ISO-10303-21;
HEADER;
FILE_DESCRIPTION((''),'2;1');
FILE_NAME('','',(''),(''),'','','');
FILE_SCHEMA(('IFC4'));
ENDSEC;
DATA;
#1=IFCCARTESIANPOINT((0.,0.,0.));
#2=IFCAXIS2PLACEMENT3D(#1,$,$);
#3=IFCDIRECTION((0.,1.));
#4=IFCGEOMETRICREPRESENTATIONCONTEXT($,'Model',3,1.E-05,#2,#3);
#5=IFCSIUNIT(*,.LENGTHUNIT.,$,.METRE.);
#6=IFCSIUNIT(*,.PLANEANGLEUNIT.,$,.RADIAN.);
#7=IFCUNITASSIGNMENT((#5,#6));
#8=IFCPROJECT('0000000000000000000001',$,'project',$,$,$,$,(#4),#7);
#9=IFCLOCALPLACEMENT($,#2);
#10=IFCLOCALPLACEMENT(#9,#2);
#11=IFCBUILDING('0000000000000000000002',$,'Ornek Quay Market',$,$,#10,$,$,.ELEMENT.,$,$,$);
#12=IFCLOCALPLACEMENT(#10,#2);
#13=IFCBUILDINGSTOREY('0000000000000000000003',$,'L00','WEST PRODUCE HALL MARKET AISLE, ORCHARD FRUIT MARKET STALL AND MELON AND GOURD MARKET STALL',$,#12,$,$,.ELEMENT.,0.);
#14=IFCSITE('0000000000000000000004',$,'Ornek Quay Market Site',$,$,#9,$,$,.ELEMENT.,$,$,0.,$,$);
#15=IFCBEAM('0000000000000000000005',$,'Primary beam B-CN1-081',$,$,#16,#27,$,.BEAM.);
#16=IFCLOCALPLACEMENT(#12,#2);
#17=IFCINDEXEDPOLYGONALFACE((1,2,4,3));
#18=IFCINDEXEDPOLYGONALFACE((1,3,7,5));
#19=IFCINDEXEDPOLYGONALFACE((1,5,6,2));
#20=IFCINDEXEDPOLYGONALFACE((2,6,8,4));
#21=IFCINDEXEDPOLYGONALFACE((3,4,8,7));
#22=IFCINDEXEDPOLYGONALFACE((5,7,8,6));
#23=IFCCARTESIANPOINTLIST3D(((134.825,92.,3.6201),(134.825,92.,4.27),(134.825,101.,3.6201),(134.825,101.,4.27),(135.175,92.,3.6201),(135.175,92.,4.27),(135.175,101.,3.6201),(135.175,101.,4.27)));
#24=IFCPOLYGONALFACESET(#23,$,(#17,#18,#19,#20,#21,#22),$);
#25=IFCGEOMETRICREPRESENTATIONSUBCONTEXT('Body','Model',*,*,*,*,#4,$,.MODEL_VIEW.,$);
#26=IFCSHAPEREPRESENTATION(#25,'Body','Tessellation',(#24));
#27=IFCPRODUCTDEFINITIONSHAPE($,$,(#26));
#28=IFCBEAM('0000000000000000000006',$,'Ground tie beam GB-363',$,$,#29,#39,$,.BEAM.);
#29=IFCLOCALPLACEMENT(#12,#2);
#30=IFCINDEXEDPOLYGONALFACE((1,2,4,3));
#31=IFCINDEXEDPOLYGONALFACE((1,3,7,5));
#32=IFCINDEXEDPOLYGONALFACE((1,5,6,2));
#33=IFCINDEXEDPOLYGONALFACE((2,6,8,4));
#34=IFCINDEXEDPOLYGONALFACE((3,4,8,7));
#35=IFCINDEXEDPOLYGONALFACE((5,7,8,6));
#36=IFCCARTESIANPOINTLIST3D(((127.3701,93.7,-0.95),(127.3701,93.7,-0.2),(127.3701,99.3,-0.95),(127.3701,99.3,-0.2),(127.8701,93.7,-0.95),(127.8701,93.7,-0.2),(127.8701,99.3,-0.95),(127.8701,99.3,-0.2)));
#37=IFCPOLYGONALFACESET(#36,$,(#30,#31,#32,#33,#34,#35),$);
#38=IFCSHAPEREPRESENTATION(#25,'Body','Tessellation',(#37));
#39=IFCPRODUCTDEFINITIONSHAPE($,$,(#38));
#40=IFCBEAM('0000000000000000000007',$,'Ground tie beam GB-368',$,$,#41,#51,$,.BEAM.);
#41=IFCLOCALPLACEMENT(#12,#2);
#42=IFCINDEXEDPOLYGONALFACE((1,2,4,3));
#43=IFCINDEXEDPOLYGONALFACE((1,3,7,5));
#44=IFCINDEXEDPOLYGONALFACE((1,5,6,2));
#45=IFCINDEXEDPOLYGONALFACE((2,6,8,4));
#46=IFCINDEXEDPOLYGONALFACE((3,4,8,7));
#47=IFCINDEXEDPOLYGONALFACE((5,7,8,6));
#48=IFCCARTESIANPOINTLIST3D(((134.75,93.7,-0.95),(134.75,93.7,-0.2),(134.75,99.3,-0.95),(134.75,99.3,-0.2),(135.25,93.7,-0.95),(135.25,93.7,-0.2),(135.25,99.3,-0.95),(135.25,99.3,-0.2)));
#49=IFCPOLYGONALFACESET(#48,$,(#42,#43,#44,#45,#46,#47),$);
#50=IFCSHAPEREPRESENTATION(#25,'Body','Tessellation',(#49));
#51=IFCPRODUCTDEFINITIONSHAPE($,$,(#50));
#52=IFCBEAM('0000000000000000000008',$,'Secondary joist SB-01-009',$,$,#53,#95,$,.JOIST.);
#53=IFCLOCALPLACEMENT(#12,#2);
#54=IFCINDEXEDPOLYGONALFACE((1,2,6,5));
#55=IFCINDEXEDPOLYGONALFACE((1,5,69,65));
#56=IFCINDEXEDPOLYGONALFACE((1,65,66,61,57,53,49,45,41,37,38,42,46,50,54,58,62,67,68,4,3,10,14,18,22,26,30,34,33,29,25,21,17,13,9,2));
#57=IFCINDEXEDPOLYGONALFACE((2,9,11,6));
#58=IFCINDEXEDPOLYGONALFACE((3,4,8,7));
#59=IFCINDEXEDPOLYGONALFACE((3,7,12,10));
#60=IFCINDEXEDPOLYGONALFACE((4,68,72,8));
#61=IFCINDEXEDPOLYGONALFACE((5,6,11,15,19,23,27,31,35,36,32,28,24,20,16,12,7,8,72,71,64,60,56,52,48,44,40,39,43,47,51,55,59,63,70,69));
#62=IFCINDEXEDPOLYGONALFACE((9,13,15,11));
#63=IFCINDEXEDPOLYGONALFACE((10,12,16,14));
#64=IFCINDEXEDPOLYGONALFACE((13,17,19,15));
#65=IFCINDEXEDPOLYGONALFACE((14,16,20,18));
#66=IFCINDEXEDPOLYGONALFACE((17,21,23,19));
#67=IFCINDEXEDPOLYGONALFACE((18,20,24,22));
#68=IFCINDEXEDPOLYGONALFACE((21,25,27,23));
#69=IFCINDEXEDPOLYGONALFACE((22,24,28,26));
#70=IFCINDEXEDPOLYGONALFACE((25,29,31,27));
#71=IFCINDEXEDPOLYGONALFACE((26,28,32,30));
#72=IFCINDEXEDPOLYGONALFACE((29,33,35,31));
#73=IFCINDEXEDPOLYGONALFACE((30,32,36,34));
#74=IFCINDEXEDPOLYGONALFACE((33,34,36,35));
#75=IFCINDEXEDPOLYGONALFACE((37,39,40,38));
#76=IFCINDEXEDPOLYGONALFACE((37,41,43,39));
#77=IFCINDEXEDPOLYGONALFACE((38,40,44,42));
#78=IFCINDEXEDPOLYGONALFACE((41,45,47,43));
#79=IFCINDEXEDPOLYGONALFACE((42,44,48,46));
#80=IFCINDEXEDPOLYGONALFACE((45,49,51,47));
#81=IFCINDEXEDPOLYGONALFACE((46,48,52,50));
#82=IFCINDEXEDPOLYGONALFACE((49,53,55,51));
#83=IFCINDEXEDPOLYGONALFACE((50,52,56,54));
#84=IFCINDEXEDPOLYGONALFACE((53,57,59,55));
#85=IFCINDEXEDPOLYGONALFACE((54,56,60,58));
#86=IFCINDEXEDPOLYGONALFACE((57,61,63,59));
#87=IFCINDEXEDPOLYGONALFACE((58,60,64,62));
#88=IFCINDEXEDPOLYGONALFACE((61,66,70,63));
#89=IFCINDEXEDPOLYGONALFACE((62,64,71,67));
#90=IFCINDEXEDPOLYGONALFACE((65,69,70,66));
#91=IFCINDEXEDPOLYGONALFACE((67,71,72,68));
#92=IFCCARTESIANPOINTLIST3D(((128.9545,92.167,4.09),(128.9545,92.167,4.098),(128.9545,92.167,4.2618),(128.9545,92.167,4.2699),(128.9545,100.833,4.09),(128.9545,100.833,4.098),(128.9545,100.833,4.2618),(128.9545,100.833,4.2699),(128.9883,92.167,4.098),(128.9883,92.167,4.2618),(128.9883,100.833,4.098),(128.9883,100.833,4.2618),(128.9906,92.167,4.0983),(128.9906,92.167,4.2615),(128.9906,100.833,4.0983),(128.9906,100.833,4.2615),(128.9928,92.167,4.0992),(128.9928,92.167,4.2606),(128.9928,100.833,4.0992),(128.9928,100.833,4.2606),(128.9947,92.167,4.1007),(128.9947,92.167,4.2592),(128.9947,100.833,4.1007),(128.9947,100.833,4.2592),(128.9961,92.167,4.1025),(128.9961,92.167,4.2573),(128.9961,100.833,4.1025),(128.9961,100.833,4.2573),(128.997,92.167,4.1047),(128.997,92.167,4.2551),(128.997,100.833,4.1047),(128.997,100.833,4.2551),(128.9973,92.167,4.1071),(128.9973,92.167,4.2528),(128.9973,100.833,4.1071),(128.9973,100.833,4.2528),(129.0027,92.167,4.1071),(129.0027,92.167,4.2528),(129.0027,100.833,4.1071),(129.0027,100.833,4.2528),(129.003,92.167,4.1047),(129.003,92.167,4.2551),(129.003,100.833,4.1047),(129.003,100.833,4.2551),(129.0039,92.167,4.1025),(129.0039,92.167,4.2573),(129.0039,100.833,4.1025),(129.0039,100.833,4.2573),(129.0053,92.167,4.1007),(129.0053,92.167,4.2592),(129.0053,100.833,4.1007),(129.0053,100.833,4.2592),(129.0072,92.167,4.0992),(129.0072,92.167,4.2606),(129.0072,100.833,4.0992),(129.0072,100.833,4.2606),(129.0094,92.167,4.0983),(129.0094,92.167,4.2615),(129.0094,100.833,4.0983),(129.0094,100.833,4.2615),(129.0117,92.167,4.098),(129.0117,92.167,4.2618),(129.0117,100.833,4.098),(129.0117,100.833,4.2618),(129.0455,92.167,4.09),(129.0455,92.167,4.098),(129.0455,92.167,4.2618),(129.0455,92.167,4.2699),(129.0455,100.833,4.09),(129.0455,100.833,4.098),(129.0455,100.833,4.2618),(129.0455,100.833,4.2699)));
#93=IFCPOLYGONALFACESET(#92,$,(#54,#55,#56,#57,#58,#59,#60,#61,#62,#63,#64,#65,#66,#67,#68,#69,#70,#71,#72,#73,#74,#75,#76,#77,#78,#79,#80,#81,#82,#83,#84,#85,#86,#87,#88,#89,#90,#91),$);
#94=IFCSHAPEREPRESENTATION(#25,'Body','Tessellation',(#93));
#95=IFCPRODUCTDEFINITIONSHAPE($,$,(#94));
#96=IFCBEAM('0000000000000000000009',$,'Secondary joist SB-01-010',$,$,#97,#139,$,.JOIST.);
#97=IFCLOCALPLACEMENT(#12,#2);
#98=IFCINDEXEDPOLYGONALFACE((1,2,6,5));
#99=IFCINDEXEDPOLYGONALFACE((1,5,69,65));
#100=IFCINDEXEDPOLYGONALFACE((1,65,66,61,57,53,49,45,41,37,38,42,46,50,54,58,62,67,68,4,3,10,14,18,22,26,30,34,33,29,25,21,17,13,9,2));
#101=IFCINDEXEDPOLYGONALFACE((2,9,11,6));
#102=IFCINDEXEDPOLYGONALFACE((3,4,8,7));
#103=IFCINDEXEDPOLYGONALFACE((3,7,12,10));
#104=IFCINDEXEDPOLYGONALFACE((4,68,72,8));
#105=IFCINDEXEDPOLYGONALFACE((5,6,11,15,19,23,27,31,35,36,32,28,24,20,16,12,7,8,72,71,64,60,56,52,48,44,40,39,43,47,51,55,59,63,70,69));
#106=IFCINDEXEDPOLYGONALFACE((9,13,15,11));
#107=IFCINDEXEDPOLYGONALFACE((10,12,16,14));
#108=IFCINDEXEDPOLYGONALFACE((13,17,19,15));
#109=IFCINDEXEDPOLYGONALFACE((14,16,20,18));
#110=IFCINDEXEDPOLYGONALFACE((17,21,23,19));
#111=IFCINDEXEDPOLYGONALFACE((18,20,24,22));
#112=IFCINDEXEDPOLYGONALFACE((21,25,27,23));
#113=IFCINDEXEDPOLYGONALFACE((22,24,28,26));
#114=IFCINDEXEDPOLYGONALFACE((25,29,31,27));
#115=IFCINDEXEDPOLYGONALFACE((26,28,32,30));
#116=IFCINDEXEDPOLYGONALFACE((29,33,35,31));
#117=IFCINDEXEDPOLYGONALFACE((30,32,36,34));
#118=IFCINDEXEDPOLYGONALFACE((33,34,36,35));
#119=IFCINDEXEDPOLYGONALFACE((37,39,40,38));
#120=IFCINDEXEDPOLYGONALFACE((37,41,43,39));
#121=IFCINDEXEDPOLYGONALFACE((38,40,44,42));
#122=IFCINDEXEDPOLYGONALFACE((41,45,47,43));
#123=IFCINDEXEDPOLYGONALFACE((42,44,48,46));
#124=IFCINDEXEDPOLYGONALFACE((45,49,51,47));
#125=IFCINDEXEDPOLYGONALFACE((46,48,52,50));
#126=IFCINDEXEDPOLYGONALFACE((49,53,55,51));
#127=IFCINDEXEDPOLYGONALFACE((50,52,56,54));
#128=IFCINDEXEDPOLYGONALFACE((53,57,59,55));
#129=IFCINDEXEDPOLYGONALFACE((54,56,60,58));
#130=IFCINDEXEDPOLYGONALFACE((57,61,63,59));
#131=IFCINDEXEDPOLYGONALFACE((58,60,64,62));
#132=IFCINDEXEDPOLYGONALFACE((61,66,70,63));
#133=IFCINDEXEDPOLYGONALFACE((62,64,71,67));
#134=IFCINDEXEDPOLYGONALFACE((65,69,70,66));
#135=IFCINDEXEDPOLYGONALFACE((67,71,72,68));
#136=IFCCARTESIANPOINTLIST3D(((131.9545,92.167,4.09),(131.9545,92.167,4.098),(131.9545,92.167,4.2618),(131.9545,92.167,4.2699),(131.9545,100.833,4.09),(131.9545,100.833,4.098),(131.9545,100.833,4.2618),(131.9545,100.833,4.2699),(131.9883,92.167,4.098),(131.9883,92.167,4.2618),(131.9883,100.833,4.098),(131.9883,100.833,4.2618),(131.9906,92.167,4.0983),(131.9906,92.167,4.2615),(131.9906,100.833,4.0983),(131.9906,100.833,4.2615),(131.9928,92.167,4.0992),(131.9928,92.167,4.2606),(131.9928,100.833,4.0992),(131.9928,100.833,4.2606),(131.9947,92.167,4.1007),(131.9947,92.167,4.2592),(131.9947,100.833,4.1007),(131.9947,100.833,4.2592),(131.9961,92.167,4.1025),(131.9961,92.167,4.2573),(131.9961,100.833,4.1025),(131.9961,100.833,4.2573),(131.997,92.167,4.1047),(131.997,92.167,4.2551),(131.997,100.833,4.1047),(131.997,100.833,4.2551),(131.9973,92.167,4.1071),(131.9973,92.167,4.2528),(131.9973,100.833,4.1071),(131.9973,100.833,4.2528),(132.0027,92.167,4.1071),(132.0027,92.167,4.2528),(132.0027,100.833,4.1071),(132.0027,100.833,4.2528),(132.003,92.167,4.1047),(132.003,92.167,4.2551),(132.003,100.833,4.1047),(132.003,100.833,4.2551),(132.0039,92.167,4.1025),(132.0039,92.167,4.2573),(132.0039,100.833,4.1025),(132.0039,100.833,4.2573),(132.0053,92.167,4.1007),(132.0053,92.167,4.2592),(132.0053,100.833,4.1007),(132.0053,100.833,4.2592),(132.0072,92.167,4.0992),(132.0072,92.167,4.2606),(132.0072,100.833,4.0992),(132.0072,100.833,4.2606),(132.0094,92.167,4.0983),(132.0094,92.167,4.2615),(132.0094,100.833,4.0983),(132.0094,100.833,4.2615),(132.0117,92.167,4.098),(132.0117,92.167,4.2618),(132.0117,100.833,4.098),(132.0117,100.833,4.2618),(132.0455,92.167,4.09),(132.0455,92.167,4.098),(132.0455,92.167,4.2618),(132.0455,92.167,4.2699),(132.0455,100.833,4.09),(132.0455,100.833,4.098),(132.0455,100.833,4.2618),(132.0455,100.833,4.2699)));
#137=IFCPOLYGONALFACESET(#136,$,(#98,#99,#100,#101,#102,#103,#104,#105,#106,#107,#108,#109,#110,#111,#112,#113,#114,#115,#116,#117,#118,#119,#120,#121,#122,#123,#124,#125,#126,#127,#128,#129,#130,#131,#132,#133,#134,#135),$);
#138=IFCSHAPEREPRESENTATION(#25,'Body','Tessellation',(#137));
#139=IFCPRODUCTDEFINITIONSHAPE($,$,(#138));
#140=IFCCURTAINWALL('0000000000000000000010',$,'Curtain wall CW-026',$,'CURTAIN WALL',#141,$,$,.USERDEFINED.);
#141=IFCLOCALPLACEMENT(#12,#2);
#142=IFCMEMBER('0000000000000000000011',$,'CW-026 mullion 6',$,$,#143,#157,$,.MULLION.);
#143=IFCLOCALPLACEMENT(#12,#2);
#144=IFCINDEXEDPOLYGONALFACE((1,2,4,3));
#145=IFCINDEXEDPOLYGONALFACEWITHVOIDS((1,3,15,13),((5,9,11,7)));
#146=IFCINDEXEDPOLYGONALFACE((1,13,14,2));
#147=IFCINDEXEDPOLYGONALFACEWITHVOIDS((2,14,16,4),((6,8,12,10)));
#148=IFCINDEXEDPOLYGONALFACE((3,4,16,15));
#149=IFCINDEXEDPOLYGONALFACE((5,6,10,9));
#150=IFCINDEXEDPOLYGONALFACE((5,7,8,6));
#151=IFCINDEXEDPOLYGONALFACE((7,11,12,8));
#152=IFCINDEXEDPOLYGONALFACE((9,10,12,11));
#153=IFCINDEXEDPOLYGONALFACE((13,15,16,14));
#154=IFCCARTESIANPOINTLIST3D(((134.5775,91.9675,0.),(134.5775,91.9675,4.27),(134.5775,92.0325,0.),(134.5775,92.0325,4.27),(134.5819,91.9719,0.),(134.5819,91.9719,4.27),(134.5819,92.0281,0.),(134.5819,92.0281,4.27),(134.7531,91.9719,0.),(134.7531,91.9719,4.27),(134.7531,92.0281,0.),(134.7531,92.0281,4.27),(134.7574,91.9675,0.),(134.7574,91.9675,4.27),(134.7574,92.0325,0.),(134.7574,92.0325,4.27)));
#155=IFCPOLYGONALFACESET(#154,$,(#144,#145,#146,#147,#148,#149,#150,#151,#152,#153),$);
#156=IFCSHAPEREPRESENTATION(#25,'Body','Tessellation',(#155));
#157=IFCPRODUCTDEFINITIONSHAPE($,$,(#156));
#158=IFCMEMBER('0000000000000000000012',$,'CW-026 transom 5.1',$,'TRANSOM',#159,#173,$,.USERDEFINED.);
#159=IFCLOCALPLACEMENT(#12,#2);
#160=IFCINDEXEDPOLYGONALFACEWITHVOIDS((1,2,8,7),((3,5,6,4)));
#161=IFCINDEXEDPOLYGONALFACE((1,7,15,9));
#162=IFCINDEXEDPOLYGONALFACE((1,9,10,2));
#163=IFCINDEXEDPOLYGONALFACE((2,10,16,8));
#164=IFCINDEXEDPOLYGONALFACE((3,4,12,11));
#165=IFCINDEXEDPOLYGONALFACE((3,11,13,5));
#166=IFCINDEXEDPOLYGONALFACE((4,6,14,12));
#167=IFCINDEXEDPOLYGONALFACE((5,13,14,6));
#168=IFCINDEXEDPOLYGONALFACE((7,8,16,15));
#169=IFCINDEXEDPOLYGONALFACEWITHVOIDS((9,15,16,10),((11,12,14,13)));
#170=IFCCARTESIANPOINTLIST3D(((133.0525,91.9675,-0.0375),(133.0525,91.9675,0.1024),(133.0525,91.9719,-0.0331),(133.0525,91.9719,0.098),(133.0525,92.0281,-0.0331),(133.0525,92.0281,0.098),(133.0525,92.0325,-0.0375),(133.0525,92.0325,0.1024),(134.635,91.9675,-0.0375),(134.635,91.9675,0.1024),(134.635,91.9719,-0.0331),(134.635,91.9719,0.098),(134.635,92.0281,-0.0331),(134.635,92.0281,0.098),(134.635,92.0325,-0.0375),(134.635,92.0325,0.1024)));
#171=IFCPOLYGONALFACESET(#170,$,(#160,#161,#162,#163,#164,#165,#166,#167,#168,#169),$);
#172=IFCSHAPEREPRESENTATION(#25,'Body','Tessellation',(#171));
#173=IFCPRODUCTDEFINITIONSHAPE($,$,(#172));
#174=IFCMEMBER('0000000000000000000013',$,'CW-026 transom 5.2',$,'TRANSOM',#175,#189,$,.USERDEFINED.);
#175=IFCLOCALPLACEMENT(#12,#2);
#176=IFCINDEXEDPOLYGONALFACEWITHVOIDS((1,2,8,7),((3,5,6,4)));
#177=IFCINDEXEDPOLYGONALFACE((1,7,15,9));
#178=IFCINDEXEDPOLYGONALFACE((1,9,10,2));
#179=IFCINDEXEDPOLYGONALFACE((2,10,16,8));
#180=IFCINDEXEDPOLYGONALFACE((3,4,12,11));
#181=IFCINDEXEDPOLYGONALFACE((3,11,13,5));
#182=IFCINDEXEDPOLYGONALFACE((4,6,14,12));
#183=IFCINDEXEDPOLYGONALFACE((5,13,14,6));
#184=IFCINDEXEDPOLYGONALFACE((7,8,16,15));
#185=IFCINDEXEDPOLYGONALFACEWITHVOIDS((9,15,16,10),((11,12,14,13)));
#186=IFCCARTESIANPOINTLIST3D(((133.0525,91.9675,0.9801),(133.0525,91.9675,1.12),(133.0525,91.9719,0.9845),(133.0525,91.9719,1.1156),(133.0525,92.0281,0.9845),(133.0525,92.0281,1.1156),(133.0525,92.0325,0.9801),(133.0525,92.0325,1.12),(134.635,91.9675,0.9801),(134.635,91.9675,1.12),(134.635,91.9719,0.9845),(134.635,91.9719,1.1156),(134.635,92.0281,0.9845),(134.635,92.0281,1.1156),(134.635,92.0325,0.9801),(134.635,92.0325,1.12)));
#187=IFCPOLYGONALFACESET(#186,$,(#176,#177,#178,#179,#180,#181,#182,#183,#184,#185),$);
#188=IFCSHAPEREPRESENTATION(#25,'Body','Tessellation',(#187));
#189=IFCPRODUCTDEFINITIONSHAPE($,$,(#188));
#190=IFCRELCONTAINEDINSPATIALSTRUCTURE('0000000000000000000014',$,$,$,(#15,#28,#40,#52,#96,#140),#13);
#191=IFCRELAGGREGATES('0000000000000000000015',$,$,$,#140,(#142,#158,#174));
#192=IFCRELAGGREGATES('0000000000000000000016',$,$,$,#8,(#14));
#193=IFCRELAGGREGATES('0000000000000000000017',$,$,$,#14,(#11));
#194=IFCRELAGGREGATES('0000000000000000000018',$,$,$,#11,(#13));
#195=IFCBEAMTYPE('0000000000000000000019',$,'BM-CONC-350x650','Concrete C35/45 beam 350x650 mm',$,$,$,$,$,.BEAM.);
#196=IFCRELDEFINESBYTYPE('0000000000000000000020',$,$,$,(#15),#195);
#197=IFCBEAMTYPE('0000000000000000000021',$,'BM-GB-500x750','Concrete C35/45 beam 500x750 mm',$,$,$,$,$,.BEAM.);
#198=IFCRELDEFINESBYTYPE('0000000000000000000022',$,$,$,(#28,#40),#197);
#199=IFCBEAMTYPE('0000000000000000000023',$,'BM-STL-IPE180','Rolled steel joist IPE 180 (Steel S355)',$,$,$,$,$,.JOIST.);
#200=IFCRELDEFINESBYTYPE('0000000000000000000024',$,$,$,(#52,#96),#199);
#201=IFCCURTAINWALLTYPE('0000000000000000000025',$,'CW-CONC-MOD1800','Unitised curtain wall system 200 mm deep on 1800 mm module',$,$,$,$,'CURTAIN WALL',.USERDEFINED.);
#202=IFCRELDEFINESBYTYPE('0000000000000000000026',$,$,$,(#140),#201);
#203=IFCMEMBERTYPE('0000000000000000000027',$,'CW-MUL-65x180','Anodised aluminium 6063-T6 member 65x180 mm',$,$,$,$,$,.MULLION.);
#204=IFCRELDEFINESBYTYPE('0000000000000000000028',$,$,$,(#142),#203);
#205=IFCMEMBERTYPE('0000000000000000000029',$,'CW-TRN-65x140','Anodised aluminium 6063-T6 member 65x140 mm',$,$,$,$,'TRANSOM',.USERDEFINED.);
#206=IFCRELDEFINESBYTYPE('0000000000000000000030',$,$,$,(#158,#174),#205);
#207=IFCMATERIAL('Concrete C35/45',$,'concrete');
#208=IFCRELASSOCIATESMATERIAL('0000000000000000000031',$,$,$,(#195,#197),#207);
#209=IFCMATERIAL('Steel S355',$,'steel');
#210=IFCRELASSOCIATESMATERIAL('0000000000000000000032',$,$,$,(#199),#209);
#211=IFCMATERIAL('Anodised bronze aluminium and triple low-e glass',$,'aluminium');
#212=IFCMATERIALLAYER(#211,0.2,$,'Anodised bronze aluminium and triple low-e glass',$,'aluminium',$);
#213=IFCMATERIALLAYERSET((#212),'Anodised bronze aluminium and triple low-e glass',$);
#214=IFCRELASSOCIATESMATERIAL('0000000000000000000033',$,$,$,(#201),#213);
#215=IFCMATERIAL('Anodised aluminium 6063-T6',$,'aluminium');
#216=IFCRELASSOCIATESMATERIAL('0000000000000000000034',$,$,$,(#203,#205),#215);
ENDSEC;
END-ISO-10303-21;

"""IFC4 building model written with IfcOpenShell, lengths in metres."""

from ifc_helpers import new_model, si_unit, direction, frame, origin, origin_2d, place, context, subcontext, project, spatial, rectangle, hollow_rectangle, i_section, extrude, material, layer, layer_set, material_profile, profile_set, type_object, element, aggregate, save


model = new_model("IFC4")

# Units and contexts
model_context = context("Model", 3, precision=1e-05, world=origin(), true_north=direction((0.0, 1.0)))
body_context = subcontext(model_context, "Body", "Model", "MODEL_VIEW")
ifc_project = project(units=[si_unit("LENGTHUNIT", "METRE"), si_unit("PLANEANGLEUNIT", "RADIAN")], contexts=[model_context])

# Site, building, storey
site_placement = place(None, origin())
site = spatial("IfcSite", under=ifc_project, at=site_placement, Name="Ornek Quay Market Site", CompositionType="ELEMENT", RefElevation=0.0)
building_placement = place(site_placement, origin())
building = spatial("IfcBuilding", under=site, at=building_placement, Name="Ornek Quay Market", CompositionType="ELEMENT")
storey_placement = place(building_placement, origin())
storey = spatial("IfcBuildingStorey", under=building, at=storey_placement, Name="L00", Description="WEST PRODUCE HALL MARKET AISLE, ORCHARD FRUIT MARKET STALL AND MELON AND GOURD MARKET STALL", CompositionType="ELEMENT", Elevation=0.0)

# Shared definitions
ifc_material_1 = material(Name="Concrete C35/45", Category="concrete")

# Shared definitions
ifc_material_2 = material(Name="Steel S355", Category="steel")

# Beams
ifc_material_profile_1 = material_profile(ifc_material_1, rectangle(XDim=0.3501, YDim=0.6499, at=origin_2d()), Name="RC 350x650", Category="concrete")
ifc_profile_set_1 = profile_set([ifc_material_profile_1], Name="Concrete C35/45")
beam_type_1 = type_object("IfcBeamType", Name="BM-CONC-350x650", Description="Concrete C35/45 beam 350x650 mm", PredefinedType="BEAM", material=ifc_profile_set_1)
for number, where, z_axis, x_axis, name in (
    (1, (135.0, 92.0, 3.9451), (0.0, 1.0, 0.0), (-1.0, 0.0, 0.0), "Primary beam B-CN1-081"),
):
    element("IfcBeam", number, at=place(storey_placement, frame(where, z_axis=z_axis, x_axis=x_axis)), inside=storey, type_object=beam_type_1, Name=name, PredefinedType="BEAM", context=body_context, shape_type="SweptSolid", body=[
        extrude(rectangle(XDim=0.3501, YDim=0.6499, at=origin_2d()), origin(), (0.0, 0.0, 1.0), 9.0),
    ])
ifc_material_profile_2 = material_profile(ifc_material_1, rectangle(XDim=0.5, YDim=0.75, at=origin_2d()), Name="RC 500x750", Category="concrete")
ifc_profile_set_2 = profile_set([ifc_material_profile_2], Name="Concrete C35/45")
beam_type_2 = type_object("IfcBeamType", Name="BM-GB-500x750", Description="Concrete C35/45 beam 500x750 mm", PredefinedType="BEAM", material=ifc_profile_set_2)
for number, where, z_axis, x_axis, name in (
    (2, (127.6201, 93.7, -0.575), (0.0, 1.0, 0.0), (-1.0, 0.0, 0.0), "Ground tie beam GB-363"),
    (3, (135.0, 93.7, -0.575), (0.0, 1.0, 0.0), (-1.0, 0.0, 0.0), "Ground tie beam GB-368"),
):
    element("IfcBeam", number, at=place(storey_placement, frame(where, z_axis=z_axis, x_axis=x_axis)), inside=storey, type_object=beam_type_2, Name=name, PredefinedType="BEAM", context=body_context, shape_type="SweptSolid", body=[
        extrude(rectangle(XDim=0.5, YDim=0.75, at=origin_2d()), origin(), (0.0, 0.0, 1.0), 5.6001),
    ])
ifc_material_profile_3 = material_profile(ifc_material_2, i_section(OverallWidth=0.0911, OverallDepth=0.1799, WebThickness=0.0054, FlangeThickness=0.0081, FilletRadius=0.009, at=origin_2d()), Name="IPE 180", Category="steel")
ifc_profile_set_3 = profile_set([ifc_material_profile_3], Name="Steel S355")
beam_type_3 = type_object("IfcBeamType", Name="BM-STL-IPE180", Description="Rolled steel joist IPE 180 (Steel S355)", PredefinedType="JOIST", material=ifc_profile_set_3)
for number, where, z_axis, x_axis, name in (
    (4, (129.0, 92.167, 4.1799), (0.0, 1.0, 0.0), (-1.0, 0.0, 0.0), "Secondary joist SB-01-009"),
    (5, (132.0, 92.167, 4.1799), (0.0, 1.0, 0.0), (-1.0, 0.0, 0.0), "Secondary joist SB-01-010"),
):
    element("IfcBeam", number, at=place(storey_placement, frame(where, z_axis=z_axis, x_axis=x_axis)), inside=storey, type_object=beam_type_3, Name=name, PredefinedType="JOIST", context=body_context, shape_type="SweptSolid", body=[
        extrude(i_section(OverallWidth=0.0911, OverallDepth=0.1799, WebThickness=0.0054, FlangeThickness=0.0081, FilletRadius=0.009, at=origin_2d()), origin(), (0.0, 0.0, 1.0), 8.666),
    ])

# Curtain wall, members
ifc_material_3 = material(Name="Anodised bronze aluminium and triple low-e glass", Category="aluminium")
ifc_layer_1 = layer(ifc_material_3, 0.2, Name="Anodised bronze aluminium and triple low-e glass", Category="aluminium")
ifc_layer_set_1 = layer_set([ifc_layer_1], Name="Anodised bronze aluminium and triple low-e glass")
curtain_wall_type = type_object("IfcCurtainWallType", Name="CW-CONC-MOD1800", Description="Unitised curtain wall system 200 mm deep on 1800 mm module", ElementType="CURTAIN WALL", PredefinedType="USERDEFINED", material=ifc_layer_set_1)
curtain_wall_placement = place(storey_placement, origin())
curtain_wall = element("IfcCurtainWall", 6, at=curtain_wall_placement, inside=storey, type_object=curtain_wall_type, Name="Curtain wall CW-026", ObjectType="CURTAIN WALL", PredefinedType="USERDEFINED")
ifc_material_4 = material(Name="Anodised aluminium 6063-T6", Category="aluminium")
ifc_material_profile_4 = material_profile(ifc_material_4, hollow_rectangle(XDim=0.0649, YDim=0.1799, WallThickness=0.0044, at=origin_2d()), Name="CW-MUL-65x180", Category="aluminium")
ifc_profile_set_4 = profile_set([ifc_material_profile_4], Name="Anodised aluminium 6063-T6")
member_type_1 = type_object("IfcMemberType", Name="CW-MUL-65x180", Description="Anodised aluminium 6063-T6 member 65x180 mm", PredefinedType="MULLION", material=ifc_profile_set_4)
member_1_placement = place(storey_placement, frame((134.6675, 92.0, 0.0), z_axis=(0.0, 0.0, 1.0), x_axis=(0.0, 1.0, 0.0)))
member_1 = element("IfcMember", 7, at=member_1_placement, type_object=member_type_1, Name="CW-026 mullion 6", PredefinedType="MULLION", context=body_context, shape_type="SweptSolid", body=[
    extrude(hollow_rectangle(XDim=0.0649, YDim=0.1799, WallThickness=0.0044, at=origin_2d()), origin(), (0.0, 0.0, 1.0), 4.27),
])
ifc_material_profile_5 = material_profile(ifc_material_4, hollow_rectangle(XDim=0.0649, YDim=0.1399, WallThickness=0.0044, at=origin_2d()), Name="CW-TRN-65x140", Category="aluminium")
ifc_profile_set_5 = profile_set([ifc_material_profile_5], Name="Anodised aluminium 6063-T6")
member_type_2 = type_object("IfcMemberType", Name="CW-TRN-65x140", Description="Anodised aluminium 6063-T6 member 65x140 mm", ElementType="TRANSOM", PredefinedType="USERDEFINED", material=ifc_profile_set_5)
member_2_placement = place(storey_placement, frame((133.0525, 92.0, 0.0325), z_axis=(1.0, 0.0, 0.0), x_axis=(0.0, 1.0, 0.0)))
member_2 = element("IfcMember", 8, at=member_2_placement, type_object=member_type_2, Name="CW-026 transom 5.1", ObjectType="TRANSOM", PredefinedType="USERDEFINED", context=body_context, shape_type="SweptSolid", body=[
    extrude(hollow_rectangle(XDim=0.0649, YDim=0.1399, WallThickness=0.0044, at=origin_2d()), origin(), (0.0, 0.0, 1.0), 1.5825),
])
member_3_placement = place(storey_placement, frame((133.0525, 92.0, 1.05), z_axis=(1.0, 0.0, 0.0), x_axis=(0.0, 1.0, 0.0)))
member_3 = element("IfcMember", 9, at=member_3_placement, type_object=member_type_2, Name="CW-026 transom 5.2", ObjectType="TRANSOM", PredefinedType="USERDEFINED", context=body_context, shape_type="SweptSolid", body=[
    extrude(hollow_rectangle(XDim=0.0649, YDim=0.1399, WallThickness=0.0044, at=origin_2d()), origin(), (0.0, 0.0, 1.0), 1.5825),
])
aggregate(curtain_wall, [member_1, member_2, member_3])

save(model, "model.ifc")
